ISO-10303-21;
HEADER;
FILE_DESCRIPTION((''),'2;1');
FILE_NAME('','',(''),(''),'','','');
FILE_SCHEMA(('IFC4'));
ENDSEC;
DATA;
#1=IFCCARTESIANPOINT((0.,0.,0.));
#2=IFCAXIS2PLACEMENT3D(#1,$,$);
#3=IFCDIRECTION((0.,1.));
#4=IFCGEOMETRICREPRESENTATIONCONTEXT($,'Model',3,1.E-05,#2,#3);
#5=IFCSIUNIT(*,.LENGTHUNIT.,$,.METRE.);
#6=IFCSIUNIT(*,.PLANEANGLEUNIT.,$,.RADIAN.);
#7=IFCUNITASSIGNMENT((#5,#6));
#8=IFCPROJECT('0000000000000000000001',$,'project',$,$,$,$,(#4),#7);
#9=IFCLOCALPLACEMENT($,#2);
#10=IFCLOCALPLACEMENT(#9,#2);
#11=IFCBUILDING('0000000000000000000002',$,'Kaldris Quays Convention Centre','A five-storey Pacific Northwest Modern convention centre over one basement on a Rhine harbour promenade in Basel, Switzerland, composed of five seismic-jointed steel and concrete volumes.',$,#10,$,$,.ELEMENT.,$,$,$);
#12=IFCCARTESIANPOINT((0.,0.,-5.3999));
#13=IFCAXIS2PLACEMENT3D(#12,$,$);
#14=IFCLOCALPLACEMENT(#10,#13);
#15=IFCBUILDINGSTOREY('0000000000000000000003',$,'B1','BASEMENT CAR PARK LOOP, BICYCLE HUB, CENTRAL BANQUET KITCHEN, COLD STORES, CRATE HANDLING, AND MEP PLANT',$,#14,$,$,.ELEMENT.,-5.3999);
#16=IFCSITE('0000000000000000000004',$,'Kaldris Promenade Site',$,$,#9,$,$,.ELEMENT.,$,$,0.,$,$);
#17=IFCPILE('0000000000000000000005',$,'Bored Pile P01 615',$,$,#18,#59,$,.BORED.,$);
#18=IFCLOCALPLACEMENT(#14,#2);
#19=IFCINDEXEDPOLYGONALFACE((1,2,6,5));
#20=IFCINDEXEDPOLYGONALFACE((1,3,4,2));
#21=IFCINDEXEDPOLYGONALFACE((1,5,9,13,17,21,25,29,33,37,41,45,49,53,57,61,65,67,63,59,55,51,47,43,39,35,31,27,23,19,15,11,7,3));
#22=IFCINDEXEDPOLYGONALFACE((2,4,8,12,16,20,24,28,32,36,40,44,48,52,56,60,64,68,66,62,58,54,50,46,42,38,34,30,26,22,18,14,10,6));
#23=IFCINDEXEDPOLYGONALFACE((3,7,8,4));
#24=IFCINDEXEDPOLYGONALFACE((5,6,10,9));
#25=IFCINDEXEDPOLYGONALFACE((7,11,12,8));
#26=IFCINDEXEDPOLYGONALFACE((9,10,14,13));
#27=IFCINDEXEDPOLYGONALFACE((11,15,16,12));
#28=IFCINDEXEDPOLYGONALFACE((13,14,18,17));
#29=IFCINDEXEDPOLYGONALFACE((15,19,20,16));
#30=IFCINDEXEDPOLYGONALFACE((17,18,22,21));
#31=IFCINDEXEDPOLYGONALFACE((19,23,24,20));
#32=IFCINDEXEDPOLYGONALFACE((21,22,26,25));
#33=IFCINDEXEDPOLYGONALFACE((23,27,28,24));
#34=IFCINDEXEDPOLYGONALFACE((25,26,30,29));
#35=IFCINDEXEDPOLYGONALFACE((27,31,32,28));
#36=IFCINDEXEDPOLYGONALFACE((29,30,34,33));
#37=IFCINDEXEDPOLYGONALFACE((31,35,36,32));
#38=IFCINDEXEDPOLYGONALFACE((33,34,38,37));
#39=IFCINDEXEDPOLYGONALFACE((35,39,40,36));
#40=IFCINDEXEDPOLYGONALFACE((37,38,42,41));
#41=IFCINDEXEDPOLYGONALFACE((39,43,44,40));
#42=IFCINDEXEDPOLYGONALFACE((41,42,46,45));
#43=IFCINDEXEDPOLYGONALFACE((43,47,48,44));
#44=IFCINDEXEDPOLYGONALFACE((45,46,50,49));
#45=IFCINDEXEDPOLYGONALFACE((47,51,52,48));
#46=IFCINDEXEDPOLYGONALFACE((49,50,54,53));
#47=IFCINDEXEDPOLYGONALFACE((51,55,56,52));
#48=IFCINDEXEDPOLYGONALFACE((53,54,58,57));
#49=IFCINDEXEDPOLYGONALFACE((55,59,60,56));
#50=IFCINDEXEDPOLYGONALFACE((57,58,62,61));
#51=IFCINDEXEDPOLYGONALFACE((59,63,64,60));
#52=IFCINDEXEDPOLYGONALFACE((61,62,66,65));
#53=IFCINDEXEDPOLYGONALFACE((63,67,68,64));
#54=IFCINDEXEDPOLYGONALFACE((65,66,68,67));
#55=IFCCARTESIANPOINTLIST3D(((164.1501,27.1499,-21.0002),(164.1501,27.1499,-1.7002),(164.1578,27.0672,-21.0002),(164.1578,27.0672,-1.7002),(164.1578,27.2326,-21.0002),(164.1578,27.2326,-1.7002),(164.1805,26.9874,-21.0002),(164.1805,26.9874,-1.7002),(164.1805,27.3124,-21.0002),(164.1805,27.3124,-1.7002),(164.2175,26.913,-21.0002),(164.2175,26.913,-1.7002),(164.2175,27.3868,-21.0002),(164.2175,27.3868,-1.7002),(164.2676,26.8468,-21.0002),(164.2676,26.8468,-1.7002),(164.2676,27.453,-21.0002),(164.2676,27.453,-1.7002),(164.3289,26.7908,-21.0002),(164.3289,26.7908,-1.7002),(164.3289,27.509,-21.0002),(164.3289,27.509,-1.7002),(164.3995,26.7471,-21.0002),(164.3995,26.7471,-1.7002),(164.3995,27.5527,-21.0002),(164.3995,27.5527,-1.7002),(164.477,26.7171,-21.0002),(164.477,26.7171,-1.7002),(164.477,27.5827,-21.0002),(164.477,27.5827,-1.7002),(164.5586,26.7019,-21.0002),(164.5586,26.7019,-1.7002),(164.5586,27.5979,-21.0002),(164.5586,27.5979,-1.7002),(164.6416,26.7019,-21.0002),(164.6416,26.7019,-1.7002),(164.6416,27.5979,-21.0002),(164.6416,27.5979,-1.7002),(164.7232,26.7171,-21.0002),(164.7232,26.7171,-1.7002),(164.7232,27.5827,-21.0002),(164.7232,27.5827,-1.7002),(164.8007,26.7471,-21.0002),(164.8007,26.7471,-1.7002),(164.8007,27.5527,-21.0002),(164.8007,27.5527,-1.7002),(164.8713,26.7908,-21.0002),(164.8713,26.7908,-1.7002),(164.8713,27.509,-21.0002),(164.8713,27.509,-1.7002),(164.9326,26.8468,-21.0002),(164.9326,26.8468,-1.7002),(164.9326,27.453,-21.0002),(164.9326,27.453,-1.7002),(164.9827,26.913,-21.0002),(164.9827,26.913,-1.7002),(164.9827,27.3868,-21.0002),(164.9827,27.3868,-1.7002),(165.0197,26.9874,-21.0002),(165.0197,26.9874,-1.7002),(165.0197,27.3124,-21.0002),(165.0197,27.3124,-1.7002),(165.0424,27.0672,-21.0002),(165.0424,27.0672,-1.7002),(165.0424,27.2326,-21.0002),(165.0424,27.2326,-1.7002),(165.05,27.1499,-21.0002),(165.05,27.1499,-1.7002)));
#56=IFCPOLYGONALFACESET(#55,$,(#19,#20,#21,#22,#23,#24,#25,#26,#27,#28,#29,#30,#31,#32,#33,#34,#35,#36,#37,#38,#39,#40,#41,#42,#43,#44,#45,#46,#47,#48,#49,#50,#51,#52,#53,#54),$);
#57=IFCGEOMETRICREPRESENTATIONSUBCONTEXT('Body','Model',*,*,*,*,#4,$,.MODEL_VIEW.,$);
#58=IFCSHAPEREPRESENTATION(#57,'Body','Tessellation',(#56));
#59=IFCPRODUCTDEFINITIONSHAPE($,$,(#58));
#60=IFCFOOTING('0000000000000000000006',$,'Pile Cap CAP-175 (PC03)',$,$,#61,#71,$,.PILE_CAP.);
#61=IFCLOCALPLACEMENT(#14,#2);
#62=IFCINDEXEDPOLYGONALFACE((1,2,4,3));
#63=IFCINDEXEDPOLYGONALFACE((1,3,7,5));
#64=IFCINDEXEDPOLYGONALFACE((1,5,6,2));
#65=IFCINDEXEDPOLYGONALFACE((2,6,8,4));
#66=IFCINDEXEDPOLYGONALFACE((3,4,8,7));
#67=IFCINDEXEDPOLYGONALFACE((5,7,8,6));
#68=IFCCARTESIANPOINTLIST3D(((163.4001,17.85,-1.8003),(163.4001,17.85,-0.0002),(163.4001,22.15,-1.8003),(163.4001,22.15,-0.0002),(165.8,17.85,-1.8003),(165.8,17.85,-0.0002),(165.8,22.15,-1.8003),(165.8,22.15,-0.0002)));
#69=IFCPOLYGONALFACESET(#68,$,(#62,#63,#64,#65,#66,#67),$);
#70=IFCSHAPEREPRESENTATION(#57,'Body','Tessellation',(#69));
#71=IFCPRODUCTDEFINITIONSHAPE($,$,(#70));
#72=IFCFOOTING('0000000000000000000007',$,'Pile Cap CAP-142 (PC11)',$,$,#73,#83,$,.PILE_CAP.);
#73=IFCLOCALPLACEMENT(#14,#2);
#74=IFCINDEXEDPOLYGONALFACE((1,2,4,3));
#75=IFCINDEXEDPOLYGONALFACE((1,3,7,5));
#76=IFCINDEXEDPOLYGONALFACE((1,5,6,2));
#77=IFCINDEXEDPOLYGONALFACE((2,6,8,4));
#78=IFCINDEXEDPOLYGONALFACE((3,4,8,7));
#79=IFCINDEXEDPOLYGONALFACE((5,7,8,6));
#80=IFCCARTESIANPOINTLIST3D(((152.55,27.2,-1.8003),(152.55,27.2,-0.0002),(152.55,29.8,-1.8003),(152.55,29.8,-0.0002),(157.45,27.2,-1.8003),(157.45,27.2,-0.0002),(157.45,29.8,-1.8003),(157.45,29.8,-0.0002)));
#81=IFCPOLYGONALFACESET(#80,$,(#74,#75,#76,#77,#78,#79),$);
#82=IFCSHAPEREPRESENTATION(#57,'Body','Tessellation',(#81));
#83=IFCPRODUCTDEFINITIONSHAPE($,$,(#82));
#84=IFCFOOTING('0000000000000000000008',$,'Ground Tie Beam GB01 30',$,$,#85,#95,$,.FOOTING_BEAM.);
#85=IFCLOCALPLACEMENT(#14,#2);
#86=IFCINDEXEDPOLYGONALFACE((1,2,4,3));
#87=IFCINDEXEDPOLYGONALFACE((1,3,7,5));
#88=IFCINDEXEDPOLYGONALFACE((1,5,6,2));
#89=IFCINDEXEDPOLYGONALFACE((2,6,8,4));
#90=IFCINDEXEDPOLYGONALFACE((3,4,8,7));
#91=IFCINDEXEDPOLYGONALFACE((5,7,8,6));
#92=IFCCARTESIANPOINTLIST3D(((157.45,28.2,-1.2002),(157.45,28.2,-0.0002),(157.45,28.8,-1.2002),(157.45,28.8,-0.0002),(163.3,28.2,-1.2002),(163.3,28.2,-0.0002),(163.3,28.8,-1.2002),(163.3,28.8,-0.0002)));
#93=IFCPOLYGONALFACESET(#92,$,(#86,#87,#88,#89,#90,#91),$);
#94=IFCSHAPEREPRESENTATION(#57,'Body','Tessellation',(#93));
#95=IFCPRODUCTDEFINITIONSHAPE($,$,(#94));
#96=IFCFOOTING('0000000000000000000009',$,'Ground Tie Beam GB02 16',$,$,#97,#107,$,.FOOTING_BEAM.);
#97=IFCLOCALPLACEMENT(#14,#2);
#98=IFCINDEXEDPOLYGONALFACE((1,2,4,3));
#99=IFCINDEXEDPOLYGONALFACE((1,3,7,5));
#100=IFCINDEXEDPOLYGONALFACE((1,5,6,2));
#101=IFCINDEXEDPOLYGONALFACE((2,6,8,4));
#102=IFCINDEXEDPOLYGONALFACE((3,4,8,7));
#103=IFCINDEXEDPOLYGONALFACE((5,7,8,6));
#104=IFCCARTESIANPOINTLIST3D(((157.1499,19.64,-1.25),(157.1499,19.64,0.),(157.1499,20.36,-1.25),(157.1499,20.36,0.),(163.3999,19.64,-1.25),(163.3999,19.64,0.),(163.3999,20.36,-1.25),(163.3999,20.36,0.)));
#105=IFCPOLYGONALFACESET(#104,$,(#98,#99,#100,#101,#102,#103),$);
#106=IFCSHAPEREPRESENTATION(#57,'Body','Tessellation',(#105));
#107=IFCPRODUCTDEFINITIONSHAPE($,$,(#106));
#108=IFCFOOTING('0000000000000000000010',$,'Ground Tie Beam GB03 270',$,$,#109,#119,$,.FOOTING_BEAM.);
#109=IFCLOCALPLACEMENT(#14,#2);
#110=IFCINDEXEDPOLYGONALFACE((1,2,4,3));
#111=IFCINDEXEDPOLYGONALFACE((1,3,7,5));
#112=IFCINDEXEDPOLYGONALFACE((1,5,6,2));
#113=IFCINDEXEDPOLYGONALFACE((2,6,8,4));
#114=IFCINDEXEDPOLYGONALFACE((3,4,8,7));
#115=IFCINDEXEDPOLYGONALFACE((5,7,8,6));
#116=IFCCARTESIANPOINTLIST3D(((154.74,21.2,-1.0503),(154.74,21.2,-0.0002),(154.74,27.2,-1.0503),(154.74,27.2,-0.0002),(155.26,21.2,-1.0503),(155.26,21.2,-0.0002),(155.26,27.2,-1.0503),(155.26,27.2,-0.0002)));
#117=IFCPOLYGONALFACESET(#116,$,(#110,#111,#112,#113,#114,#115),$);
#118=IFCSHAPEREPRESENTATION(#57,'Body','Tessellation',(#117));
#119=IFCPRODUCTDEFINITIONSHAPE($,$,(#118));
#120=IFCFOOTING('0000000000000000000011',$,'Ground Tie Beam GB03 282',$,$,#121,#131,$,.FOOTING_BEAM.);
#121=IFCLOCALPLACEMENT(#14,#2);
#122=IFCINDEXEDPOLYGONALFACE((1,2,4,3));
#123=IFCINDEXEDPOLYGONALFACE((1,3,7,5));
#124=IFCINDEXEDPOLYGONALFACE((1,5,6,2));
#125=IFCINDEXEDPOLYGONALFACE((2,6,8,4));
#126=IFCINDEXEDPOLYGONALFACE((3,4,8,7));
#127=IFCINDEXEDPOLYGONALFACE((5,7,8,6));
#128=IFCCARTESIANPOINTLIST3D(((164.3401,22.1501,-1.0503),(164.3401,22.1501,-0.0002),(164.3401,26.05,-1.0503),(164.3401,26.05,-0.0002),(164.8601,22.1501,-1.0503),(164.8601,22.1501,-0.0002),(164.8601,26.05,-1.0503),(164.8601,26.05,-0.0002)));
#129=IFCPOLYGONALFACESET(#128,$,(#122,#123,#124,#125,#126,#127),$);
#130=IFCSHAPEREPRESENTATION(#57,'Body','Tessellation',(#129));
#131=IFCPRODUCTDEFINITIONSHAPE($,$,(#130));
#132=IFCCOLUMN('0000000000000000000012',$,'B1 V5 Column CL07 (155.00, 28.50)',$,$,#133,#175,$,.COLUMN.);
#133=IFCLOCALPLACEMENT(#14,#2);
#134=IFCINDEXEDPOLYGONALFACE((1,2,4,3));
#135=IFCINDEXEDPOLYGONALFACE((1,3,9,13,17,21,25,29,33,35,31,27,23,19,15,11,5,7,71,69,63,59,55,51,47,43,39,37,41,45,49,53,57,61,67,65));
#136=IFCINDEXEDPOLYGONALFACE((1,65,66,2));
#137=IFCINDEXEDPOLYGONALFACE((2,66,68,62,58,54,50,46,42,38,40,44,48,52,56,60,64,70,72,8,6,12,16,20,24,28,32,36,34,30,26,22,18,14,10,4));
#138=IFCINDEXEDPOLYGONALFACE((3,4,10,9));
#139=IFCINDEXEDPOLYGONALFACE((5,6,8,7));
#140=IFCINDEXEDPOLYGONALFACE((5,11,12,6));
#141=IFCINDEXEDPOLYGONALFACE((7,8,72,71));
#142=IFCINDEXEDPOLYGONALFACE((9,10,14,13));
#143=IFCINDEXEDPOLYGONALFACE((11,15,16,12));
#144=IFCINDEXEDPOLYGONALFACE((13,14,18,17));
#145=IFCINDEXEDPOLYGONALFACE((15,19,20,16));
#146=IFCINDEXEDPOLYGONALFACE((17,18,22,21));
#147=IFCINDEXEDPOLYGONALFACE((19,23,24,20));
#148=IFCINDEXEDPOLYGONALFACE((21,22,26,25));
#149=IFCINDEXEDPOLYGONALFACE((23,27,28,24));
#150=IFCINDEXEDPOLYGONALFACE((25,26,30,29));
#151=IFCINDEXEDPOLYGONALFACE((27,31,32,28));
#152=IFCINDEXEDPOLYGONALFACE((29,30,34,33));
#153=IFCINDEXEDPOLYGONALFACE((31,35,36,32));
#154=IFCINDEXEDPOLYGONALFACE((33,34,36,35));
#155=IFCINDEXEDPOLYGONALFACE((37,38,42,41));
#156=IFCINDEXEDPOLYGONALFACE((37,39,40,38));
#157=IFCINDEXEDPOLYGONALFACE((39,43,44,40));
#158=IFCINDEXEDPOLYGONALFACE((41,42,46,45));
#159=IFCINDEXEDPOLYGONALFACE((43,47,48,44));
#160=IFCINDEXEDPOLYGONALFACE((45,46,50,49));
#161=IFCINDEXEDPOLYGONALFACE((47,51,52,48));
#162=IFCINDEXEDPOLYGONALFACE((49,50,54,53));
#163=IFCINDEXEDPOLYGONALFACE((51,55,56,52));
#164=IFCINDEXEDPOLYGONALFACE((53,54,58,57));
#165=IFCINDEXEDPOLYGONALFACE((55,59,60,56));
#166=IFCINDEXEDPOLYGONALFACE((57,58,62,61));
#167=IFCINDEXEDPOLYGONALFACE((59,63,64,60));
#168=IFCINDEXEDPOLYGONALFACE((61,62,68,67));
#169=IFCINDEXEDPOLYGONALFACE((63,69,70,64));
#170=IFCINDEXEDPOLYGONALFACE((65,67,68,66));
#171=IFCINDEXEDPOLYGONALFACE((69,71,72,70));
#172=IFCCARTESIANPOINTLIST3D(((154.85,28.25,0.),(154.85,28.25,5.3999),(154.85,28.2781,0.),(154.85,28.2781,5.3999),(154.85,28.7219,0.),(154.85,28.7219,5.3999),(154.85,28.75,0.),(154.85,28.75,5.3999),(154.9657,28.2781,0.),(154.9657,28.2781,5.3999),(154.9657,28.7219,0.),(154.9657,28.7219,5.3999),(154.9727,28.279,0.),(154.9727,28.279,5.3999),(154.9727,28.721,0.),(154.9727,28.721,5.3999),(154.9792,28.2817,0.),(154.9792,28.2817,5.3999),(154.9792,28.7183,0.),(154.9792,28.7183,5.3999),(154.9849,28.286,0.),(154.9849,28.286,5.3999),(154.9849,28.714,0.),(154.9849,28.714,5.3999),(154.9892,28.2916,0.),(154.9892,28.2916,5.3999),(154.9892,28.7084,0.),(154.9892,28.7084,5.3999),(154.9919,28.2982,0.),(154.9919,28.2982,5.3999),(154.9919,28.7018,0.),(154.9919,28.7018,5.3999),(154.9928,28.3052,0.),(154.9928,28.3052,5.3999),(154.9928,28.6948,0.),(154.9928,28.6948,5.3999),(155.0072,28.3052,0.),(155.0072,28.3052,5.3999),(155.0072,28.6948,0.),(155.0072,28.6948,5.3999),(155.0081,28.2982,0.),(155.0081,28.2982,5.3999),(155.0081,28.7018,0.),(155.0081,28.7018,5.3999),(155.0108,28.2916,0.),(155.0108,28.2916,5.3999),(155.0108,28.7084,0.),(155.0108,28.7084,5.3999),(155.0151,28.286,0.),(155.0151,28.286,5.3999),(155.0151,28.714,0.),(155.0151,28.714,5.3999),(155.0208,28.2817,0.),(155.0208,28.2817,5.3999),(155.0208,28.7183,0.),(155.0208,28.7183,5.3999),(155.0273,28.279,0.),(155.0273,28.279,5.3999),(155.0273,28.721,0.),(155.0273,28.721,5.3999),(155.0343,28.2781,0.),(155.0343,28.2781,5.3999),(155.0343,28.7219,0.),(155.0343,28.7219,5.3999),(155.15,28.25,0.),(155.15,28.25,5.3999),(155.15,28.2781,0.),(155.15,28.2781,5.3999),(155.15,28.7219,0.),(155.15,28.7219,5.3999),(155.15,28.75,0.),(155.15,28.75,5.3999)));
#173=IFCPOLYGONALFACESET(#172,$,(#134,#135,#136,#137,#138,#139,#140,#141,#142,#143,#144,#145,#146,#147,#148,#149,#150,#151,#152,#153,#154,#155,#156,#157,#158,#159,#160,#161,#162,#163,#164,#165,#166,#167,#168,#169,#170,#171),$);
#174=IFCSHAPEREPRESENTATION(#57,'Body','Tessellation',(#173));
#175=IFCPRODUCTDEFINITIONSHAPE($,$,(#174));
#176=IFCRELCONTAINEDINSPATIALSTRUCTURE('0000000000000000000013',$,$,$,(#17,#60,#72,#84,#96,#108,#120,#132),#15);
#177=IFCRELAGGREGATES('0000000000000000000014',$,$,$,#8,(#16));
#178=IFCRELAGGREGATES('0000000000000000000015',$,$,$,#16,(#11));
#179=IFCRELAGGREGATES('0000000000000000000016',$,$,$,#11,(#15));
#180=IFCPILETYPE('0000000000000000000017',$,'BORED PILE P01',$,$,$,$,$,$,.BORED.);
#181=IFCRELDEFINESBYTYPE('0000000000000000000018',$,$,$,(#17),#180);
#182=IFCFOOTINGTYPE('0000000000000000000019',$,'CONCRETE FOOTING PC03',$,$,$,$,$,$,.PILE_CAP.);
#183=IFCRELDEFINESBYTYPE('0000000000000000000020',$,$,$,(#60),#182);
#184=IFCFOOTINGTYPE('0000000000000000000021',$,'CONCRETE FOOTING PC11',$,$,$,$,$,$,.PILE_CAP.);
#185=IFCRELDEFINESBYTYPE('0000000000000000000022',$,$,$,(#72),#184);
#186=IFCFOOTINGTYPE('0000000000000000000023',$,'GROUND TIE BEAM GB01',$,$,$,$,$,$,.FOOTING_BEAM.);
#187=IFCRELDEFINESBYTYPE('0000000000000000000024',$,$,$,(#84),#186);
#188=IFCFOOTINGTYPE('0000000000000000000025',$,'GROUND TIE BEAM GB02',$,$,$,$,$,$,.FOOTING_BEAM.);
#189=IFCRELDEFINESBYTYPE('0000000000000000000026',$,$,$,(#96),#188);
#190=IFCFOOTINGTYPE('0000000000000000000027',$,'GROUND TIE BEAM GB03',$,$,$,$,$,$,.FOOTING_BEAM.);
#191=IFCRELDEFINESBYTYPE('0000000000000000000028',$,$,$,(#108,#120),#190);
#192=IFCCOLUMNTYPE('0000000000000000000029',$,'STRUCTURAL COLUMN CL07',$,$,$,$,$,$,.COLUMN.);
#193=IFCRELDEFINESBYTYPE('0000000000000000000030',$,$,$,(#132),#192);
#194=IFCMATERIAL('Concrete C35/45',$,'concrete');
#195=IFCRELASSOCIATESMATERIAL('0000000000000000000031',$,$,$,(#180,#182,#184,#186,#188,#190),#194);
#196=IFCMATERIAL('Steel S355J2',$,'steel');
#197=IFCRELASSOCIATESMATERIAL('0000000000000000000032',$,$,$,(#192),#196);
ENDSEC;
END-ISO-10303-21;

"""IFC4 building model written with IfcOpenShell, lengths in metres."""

from ifc_helpers import new_model, si_unit, direction, frame, origin, origin_2d, place, context, subcontext, project, spatial, rectangle, circle, i_section, extrude, material, material_profile, profile_set, type_object, element, save


model = new_model("IFC4")

# Units and contexts
model_context = context("Model", 3, precision=1e-05, world=origin(), true_north=direction((0.0, 1.0)))
body_context = subcontext(model_context, "Body", "Model", "MODEL_VIEW")
ifc_project = project(units=[si_unit("LENGTHUNIT", "METRE"), si_unit("PLANEANGLEUNIT", "RADIAN")], contexts=[model_context])

# Site, building, storey
site_placement = place(None, origin())
site = spatial("IfcSite", under=ifc_project, at=site_placement, Name="Kaldris Promenade Site", CompositionType="ELEMENT", RefElevation=0.0)
building_placement = place(site_placement, origin())
building = spatial("IfcBuilding", under=site, at=building_placement, Name="Kaldris Quays Convention Centre", Description="A five-storey Pacific Northwest Modern convention centre over one basement on a Rhine harbour promenade in Basel, Switzerland, composed of five seismic-jointed steel and concrete volumes.", CompositionType="ELEMENT")
storey_placement = place(building_placement, frame((0.0, 0.0, -5.3999)))
storey = spatial("IfcBuildingStorey", under=building, at=storey_placement, Name="B1", Description="BASEMENT CAR PARK LOOP, BICYCLE HUB, CENTRAL BANQUET KITCHEN, COLD STORES, CRATE HANDLING, AND MEP PLANT", CompositionType="ELEMENT", Elevation=-5.3999)

# Pile
ifc_material_1 = material(Name="Concrete C35/45", Category="concrete")
ifc_material_profile_1 = material_profile(ifc_material_1, circle(Radius=0.45, at=origin_2d()), Name="BORED PILE D900")
ifc_profile_set_1 = profile_set([ifc_material_profile_1], Name="Concrete C35/45")
pile_type = type_object("IfcPileType", Name="BORED PILE P01", PredefinedType="BORED", material=ifc_profile_set_1)
for number, where, z_axis, x_axis, name in (
    (1, (164.6001, 27.1499, -1.7002), (0.0, 0.0, -1.0), (1.0, 0.0, 0.0), "Bored Pile P01 615"),
):
    element("IfcPile", number, at=place(storey_placement, frame(where, z_axis=z_axis, x_axis=x_axis)), inside=storey, type_object=pile_type, Name=name, PredefinedType="BORED", context=body_context, shape_type="SweptSolid", body=[
        extrude(circle(Radius=0.45, at=origin_2d()), origin(), (0.0, 0.0, 1.0), 19.3),
    ])

# Footings
footing_type_1 = type_object("IfcFootingType", Name="CONCRETE FOOTING PC03", PredefinedType="PILE_CAP", material=ifc_material_1)
footing_1_placement = place(storey_placement, frame((164.6001, 20.0, -1.8003), z_axis=(0.0, 0.0, 1.0), x_axis=(1.0, 0.0, 0.0)))
element("IfcFooting", 2, at=footing_1_placement, inside=storey, type_object=footing_type_1, Name="Pile Cap CAP-175 (PC03)", PredefinedType="PILE_CAP", context=body_context, shape_type="SweptSolid", body=[
    extrude(rectangle(XDim=2.3999, YDim=4.3, at=origin_2d()), origin(), (0.0, 0.0, 1.0), 1.8),
])
footing_type_2 = type_object("IfcFootingType", Name="CONCRETE FOOTING PC11", PredefinedType="PILE_CAP", material=ifc_material_1)
footing_2_placement = place(storey_placement, frame((155.0, 28.5, -1.8003), z_axis=(0.0, 0.0, 1.0), x_axis=(1.0, 0.0, 0.0)))
element("IfcFooting", 3, at=footing_2_placement, inside=storey, type_object=footing_type_2, Name="Pile Cap CAP-142 (PC11)", PredefinedType="PILE_CAP", context=body_context, shape_type="SweptSolid", body=[
    extrude(rectangle(XDim=4.8999, YDim=2.6001, at=origin_2d()), origin(), (0.0, 0.0, 1.0), 1.8),
])
footing_type_3 = type_object("IfcFootingType", Name="GROUND TIE BEAM GB01", PredefinedType="FOOTING_BEAM", material=ifc_material_1)
footing_3_placement = place(storey_placement, frame((160.375, 28.5, -1.2002), z_axis=(0.0, 0.0, 1.0), x_axis=(1.0, 0.0, 0.0)))
element("IfcFooting", 4, at=footing_3_placement, inside=storey, type_object=footing_type_3, Name="Ground Tie Beam GB01 30", PredefinedType="FOOTING_BEAM", context=body_context, shape_type="SweptSolid", body=[
    extrude(rectangle(XDim=5.8501, YDim=0.6001, at=origin_2d()), origin(), (0.0, 0.0, 1.0), 1.2),
])
footing_type_4 = type_object("IfcFootingType", Name="GROUND TIE BEAM GB02", PredefinedType="FOOTING_BEAM", material=ifc_material_1)
footing_4_placement = place(storey_placement, frame((160.2749, 20.0, -1.25), z_axis=(0.0, 0.0, 1.0), x_axis=(1.0, 0.0, 0.0)))
element("IfcFooting", 5, at=footing_4_placement, inside=storey, type_object=footing_type_4, Name="Ground Tie Beam GB02 16", PredefinedType="FOOTING_BEAM", context=body_context, shape_type="SweptSolid", body=[
    extrude(rectangle(XDim=6.25, YDim=0.72, at=origin_2d()), origin(), (0.0, 0.0, 1.0), 1.25),
])
footing_type_5 = type_object("IfcFootingType", Name="GROUND TIE BEAM GB03", PredefinedType="FOOTING_BEAM", material=ifc_material_1)
footing_5_placement = place(storey_placement, frame((155.0, 24.2, -1.0503), z_axis=(0.0, 0.0, 1.0), x_axis=(1.0, 0.0, 0.0)))
element("IfcFooting", 6, at=footing_5_placement, inside=storey, type_object=footing_type_5, Name="Ground Tie Beam GB03 270", PredefinedType="FOOTING_BEAM", context=body_context, shape_type="SweptSolid", body=[
    extrude(rectangle(XDim=0.52, YDim=6.0, at=origin_2d()), origin(), (0.0, 0.0, 1.0), 1.05),
])
footing_6_placement = place(storey_placement, frame((164.6001, 24.1001, -1.0503), z_axis=(0.0, 0.0, 1.0), x_axis=(1.0, 0.0, 0.0)))
element("IfcFooting", 7, at=footing_6_placement, inside=storey, type_object=footing_type_5, Name="Ground Tie Beam GB03 282", PredefinedType="FOOTING_BEAM", context=body_context, shape_type="SweptSolid", body=[
    extrude(rectangle(XDim=0.52, YDim=3.8999, at=origin_2d()), origin(), (0.0, 0.0, 1.0), 1.05),
])

# Column
ifc_material_2 = material(Name="Steel S355J2", Category="steel")
ifc_material_profile_2 = material_profile(ifc_material_2, i_section(OverallWidth=0.3, OverallDepth=0.5, WebThickness=0.0144, FlangeThickness=0.0281, FilletRadius=0.0271, at=origin_2d()), Name="HEB 500")
ifc_profile_set_2 = profile_set([ifc_material_profile_2], Name="Steel S355J2")
column_type = type_object("IfcColumnType", Name="STRUCTURAL COLUMN CL07", PredefinedType="COLUMN", material=ifc_profile_set_2)
for number, where, z_axis, x_axis, name in (
    (8, (155.0, 28.5, 0.0), (0.0, 0.0, 1.0), (1.0, 0.0, 0.0), "B1 V5 Column CL07 (155.00, 28.50)"),
):
    element("IfcColumn", number, at=place(storey_placement, frame(where, z_axis=z_axis, x_axis=x_axis)), inside=storey, type_object=column_type, Name=name, PredefinedType="COLUMN", context=body_context, shape_type="SweptSolid", body=[
        extrude(i_section(OverallWidth=0.3, OverallDepth=0.5, WebThickness=0.0144, FlangeThickness=0.0281, FilletRadius=0.0271, at=origin_2d()), origin(), (0.0, 0.0, 1.0), 5.3999),
    ])

save(model, "model.ifc")
